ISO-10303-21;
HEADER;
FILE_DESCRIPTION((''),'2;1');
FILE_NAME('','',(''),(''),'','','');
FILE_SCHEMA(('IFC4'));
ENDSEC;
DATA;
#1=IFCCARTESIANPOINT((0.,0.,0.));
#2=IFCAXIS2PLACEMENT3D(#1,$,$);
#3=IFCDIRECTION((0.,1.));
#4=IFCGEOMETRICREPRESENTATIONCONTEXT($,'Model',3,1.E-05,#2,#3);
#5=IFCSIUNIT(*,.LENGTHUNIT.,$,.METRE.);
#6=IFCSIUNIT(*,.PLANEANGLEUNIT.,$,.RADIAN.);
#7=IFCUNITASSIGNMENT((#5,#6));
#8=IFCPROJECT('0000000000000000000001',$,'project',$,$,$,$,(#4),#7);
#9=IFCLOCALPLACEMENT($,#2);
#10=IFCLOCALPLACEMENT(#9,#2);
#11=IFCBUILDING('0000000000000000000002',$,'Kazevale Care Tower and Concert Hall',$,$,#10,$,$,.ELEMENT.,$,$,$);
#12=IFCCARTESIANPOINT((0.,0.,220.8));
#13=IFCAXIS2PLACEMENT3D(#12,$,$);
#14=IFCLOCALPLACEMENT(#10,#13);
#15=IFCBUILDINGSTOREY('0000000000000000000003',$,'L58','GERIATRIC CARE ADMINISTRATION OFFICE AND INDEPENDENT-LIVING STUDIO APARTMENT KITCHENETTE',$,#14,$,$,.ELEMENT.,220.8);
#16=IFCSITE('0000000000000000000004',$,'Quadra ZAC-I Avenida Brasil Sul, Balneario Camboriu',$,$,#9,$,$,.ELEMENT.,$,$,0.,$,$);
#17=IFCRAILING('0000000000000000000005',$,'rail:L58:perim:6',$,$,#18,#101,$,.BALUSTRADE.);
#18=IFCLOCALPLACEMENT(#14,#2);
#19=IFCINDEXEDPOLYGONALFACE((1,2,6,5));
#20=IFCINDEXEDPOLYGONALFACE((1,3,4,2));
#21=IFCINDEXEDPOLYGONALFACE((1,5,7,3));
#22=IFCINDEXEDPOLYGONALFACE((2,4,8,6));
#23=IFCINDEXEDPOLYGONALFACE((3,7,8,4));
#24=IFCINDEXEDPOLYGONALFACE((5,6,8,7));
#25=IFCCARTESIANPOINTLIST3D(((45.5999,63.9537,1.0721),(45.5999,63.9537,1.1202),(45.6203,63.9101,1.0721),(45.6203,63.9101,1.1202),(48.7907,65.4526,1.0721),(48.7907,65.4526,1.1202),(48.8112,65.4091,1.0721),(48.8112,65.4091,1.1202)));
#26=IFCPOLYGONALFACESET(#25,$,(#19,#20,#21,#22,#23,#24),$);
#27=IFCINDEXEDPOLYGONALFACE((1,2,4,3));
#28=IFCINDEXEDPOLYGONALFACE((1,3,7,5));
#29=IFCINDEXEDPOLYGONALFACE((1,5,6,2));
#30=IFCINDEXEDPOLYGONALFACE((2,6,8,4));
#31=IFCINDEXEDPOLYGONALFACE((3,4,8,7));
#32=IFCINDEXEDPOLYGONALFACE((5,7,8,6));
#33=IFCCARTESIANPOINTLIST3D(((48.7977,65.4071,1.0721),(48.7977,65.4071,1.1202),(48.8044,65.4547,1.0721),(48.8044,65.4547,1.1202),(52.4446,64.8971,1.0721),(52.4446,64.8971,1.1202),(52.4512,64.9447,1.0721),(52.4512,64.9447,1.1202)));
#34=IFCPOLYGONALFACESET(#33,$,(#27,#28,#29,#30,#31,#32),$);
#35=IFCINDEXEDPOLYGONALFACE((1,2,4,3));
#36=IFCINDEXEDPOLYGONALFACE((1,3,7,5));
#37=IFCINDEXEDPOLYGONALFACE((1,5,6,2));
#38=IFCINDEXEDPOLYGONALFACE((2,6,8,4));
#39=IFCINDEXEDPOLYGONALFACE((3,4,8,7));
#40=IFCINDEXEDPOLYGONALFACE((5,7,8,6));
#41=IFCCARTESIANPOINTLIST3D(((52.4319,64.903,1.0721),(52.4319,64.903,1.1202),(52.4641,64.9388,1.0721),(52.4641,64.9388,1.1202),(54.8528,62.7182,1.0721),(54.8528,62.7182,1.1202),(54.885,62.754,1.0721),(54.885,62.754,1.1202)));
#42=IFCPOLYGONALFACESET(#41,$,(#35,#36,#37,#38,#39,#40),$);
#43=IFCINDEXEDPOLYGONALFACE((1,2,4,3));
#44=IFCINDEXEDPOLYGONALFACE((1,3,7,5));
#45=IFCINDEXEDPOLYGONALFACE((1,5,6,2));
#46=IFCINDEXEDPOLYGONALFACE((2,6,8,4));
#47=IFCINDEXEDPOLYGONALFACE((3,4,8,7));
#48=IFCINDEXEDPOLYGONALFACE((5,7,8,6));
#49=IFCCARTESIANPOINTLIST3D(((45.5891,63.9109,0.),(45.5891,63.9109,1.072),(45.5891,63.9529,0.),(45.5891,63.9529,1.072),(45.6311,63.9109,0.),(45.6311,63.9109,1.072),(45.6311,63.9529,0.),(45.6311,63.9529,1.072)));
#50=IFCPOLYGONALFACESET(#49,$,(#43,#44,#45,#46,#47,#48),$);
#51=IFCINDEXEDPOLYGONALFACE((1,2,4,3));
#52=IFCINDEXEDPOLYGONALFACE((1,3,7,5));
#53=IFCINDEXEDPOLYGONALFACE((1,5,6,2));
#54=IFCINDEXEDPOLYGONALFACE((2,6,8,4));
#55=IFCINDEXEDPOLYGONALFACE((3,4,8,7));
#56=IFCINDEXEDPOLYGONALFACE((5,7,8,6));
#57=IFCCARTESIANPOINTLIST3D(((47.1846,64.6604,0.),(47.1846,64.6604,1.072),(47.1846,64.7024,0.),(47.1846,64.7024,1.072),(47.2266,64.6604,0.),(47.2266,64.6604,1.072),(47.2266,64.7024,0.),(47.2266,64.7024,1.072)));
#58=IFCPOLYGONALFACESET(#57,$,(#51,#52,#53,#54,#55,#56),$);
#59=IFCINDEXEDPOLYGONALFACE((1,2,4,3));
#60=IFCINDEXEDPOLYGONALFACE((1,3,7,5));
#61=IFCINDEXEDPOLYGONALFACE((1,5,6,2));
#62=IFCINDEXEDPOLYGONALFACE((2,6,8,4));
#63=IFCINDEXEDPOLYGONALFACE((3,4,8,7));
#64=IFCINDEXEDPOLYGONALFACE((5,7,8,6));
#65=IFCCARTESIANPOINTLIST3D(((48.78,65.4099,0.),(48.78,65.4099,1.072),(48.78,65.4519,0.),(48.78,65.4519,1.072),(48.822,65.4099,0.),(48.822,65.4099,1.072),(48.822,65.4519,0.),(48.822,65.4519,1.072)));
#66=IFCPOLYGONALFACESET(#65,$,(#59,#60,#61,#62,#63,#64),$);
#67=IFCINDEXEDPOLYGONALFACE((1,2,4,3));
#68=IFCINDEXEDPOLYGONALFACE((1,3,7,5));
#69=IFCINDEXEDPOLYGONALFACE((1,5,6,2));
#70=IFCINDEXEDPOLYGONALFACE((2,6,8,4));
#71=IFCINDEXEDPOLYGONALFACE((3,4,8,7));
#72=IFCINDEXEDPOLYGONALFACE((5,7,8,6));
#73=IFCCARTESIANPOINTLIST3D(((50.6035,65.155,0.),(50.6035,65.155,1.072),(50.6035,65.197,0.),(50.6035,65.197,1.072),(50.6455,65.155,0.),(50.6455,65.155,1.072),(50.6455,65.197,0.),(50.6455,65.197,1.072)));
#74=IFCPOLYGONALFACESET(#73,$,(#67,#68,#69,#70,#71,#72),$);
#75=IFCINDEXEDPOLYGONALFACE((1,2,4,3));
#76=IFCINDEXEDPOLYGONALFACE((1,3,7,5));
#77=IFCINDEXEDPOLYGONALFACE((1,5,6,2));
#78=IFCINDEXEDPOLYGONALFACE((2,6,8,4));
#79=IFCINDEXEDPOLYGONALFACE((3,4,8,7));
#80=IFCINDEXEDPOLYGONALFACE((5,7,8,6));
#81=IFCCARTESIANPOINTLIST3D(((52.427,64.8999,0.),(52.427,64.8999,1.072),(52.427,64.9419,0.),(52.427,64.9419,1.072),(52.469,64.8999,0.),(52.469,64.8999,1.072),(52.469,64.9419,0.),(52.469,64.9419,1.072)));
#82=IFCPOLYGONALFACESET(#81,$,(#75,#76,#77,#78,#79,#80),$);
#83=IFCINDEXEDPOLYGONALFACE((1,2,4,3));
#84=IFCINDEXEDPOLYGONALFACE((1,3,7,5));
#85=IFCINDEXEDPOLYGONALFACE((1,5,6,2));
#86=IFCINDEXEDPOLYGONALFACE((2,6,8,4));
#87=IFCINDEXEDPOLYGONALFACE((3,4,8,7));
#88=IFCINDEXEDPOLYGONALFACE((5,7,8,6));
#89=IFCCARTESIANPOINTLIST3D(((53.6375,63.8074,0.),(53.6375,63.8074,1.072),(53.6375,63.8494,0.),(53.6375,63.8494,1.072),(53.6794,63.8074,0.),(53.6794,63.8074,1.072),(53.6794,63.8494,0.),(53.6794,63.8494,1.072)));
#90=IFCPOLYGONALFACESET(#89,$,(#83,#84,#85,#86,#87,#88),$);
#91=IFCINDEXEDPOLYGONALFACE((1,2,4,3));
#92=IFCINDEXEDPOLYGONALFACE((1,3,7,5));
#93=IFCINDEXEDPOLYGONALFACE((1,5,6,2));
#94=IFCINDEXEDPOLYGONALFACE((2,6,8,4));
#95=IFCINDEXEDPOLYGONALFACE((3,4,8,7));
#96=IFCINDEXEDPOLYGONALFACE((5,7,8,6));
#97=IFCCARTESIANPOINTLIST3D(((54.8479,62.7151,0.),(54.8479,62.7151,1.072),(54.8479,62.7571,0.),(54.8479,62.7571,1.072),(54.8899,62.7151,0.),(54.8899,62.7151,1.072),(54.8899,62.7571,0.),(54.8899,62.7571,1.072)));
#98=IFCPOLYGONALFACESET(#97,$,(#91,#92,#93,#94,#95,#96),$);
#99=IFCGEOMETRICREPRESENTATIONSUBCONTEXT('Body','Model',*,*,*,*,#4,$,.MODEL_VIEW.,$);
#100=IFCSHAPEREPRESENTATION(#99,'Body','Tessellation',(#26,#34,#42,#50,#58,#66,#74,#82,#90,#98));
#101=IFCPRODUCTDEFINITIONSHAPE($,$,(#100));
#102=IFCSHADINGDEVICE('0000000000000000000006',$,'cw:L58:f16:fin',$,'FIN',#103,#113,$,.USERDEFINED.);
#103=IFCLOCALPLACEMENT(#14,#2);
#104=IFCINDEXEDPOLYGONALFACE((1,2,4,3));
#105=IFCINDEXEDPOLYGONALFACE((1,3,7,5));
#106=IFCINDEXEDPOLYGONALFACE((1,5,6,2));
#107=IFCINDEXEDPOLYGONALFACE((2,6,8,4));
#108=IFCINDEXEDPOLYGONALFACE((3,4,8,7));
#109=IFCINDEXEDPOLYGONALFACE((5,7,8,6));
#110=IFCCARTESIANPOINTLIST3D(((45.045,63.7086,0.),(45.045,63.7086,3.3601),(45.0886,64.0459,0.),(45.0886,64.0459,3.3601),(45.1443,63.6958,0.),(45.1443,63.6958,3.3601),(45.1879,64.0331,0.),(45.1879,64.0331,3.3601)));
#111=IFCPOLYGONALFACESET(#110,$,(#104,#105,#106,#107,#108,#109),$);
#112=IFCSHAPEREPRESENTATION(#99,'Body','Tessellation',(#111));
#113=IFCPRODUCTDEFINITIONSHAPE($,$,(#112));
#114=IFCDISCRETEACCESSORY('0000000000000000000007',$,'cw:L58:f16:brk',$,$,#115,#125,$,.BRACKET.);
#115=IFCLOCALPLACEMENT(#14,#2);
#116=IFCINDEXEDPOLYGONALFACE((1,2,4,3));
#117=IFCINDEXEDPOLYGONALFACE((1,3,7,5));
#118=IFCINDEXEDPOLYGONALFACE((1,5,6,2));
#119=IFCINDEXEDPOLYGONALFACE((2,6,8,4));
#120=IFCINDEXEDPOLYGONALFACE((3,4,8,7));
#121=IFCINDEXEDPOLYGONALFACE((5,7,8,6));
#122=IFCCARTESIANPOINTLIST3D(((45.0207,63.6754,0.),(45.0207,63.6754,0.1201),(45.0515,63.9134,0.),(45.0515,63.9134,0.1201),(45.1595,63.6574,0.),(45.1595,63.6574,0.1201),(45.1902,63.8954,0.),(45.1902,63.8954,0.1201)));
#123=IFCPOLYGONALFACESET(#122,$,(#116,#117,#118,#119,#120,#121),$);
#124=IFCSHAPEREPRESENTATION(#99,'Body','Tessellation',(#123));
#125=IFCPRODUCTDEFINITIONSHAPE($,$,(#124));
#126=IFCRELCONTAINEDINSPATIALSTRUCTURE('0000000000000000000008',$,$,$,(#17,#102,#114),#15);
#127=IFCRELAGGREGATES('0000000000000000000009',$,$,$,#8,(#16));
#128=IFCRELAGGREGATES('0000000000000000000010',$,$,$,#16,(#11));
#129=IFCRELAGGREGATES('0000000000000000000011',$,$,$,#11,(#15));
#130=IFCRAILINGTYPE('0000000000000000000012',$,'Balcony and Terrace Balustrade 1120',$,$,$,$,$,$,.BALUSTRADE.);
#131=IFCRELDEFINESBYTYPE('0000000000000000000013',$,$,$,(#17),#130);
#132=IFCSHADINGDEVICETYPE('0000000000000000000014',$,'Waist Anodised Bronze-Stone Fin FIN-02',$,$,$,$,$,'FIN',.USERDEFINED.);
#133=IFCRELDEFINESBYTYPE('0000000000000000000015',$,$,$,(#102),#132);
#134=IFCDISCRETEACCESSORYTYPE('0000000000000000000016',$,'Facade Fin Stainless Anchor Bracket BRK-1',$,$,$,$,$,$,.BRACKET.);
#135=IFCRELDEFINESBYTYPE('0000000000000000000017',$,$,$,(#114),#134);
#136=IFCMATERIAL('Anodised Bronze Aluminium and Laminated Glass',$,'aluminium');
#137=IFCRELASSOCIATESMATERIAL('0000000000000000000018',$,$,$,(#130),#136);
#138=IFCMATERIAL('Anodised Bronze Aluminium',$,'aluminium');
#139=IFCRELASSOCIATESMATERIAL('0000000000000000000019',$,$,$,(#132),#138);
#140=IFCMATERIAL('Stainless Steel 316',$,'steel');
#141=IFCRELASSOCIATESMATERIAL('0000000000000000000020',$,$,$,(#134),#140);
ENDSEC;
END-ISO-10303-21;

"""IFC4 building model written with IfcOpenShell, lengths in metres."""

from ifc_helpers import new_model, si_unit, direction, frame, origin, origin_2d, place, context, subcontext, project, spatial, rectangle, extrude, material, type_object, element, save


model = new_model("IFC4")

# Units and contexts
model_context = context("Model", 3, precision=1e-05, world=origin(), true_north=direction((0.0, 1.0)))
body_context = subcontext(model_context, "Body", "Model", "MODEL_VIEW")
ifc_project = project(units=[si_unit("LENGTHUNIT", "METRE"), si_unit("PLANEANGLEUNIT", "RADIAN")], contexts=[model_context])

# Site, building, storey
site_placement = place(None, origin())
site = spatial("IfcSite", under=ifc_project, at=site_placement, Name="Quadra ZAC-I Avenida Brasil Sul, Balneario Camboriu", CompositionType="ELEMENT", RefElevation=0.0)
building_placement = place(site_placement, origin())
building = spatial("IfcBuilding", under=site, at=building_placement, Name="Kazevale Care Tower and Concert Hall", CompositionType="ELEMENT")
storey_placement = place(building_placement, frame((0.0, 0.0, 220.8)))
storey = spatial("IfcBuildingStorey", under=building, at=storey_placement, Name="L58", Description="GERIATRIC CARE ADMINISTRATION OFFICE AND INDEPENDENT-LIVING STUDIO APARTMENT KITCHENETTE", CompositionType="ELEMENT", Elevation=220.8)

# Railing
ifc_material_1 = material(Name="Anodised Bronze Aluminium and Laminated Glass", Category="aluminium")
railing_type = type_object("IfcRailingType", Name="Balcony and Terrace Balustrade 1120", PredefinedType="BALUSTRADE", material=ifc_material_1)
railing_placement = place(storey_placement, frame((45.6101, 63.9319, 0.0)))
element("IfcRailing", 1, at=railing_placement, inside=storey, type_object=railing_type, Name="rail:L58:perim:6", PredefinedType="BALUSTRADE", context=body_context, shape_type="SweptSolid", body=[
    extrude(rectangle(XDim=0.0481, YDim=0.0481, at=origin_2d()), frame((0.0, 0.0, 1.0962), z_axis=(0.905101, 0.425197, 0.0), x_axis=(-0.425197, 0.905101, 0.0)), (0.0, 0.0, 1.0), 3.5254),
    extrude(rectangle(XDim=0.0481, YDim=0.0481, at=origin_2d()), frame((3.1909, 1.499, 1.0962), z_axis=(0.990363, -0.138497, 0.0), x_axis=(0.138497, 0.990363, 0.0)), (0.0, 0.0, 1.0), 3.6824),
    extrude(rectangle(XDim=0.0481, YDim=0.0481, at=origin_2d()), frame((6.8379, 0.989, 1.0962), z_axis=(0.742378, -0.669982, 0.0), x_axis=(0.669982, 0.742378, 0.0)), (0.0, 0.0, 1.0), 3.261),
    extrude(rectangle(XDim=0.042, YDim=0.042, at=origin_2d()), origin(), (0.0, 0.0, 1.0), 1.072),
    extrude(rectangle(XDim=0.042, YDim=0.042, at=origin_2d()), frame((1.5955, 0.7495, 0.0)), (0.0, 0.0, 1.0), 1.072),
    extrude(rectangle(XDim=0.042, YDim=0.042, at=origin_2d()), frame((3.1909, 1.499, 0.0)), (0.0, 0.0, 1.0), 1.072),
    extrude(rectangle(XDim=0.042, YDim=0.042, at=origin_2d()), frame((5.0144, 1.2441, 0.0)), (0.0, 0.0, 1.0), 1.072),
    extrude(rectangle(XDim=0.042, YDim=0.042, at=origin_2d()), frame((6.8379, 0.989, 0.0)), (0.0, 0.0, 1.0), 1.072),
    extrude(rectangle(XDim=0.042, YDim=0.042, at=origin_2d()), frame((8.0483, -0.1035, 0.0)), (0.0, 0.0, 1.0), 1.072),
    extrude(rectangle(XDim=0.042, YDim=0.042, at=origin_2d()), frame((9.2588, -1.1958, 0.0)), (0.0, 0.0, 1.0), 1.072),
])

# Shading device
ifc_material_2 = material(Name="Anodised Bronze Aluminium", Category="aluminium")
shading_device_type = type_object("IfcShadingDeviceType", Name="Waist Anodised Bronze-Stone Fin FIN-02", ElementType="FIN", PredefinedType="USERDEFINED", material=ifc_material_2)
shading_device_placement = place(storey_placement, frame((45.1165, 63.8708, 0.0), z_axis=(0.0, 0.0, 1.0), x_axis=(0.128103, 0.991761, 0.0)))
element("IfcShadingDevice", 2, at=shading_device_placement, inside=storey, type_object=shading_device_type, Name="cw:L58:f16:fin", ObjectType="FIN", PredefinedType="USERDEFINED", context=body_context, shape_type="SweptSolid", body=[
    extrude(rectangle(XDim=0.3401, YDim=0.1001, at=origin_2d()), origin(), (0.0, 0.0, 1.0), 3.3601),
])

# Discrete accessory
ifc_material_3 = material(Name="Stainless Steel 316", Category="steel")
discrete_accessory_type = type_object("IfcDiscreteAccessoryType", Name="Facade Fin Stainless Anchor Bracket BRK-1", PredefinedType="BRACKET", material=ifc_material_3)
discrete_accessory_placement = place(storey_placement, frame((45.1055, 63.7854, 0.0), z_axis=(0.0, 0.0, 1.0), x_axis=(0.128103, 0.991761, 0.0)))
element("IfcDiscreteAccessory", 3, at=discrete_accessory_placement, inside=storey, type_object=discrete_accessory_type, Name="cw:L58:f16:brk", PredefinedType="BRACKET", context=body_context, shape_type="SweptSolid", body=[
    extrude(rectangle(XDim=0.24, YDim=0.1399, at=origin_2d()), origin(), (0.0, 0.0, 1.0), 0.1201),
])

save(model, "model.ifc")
